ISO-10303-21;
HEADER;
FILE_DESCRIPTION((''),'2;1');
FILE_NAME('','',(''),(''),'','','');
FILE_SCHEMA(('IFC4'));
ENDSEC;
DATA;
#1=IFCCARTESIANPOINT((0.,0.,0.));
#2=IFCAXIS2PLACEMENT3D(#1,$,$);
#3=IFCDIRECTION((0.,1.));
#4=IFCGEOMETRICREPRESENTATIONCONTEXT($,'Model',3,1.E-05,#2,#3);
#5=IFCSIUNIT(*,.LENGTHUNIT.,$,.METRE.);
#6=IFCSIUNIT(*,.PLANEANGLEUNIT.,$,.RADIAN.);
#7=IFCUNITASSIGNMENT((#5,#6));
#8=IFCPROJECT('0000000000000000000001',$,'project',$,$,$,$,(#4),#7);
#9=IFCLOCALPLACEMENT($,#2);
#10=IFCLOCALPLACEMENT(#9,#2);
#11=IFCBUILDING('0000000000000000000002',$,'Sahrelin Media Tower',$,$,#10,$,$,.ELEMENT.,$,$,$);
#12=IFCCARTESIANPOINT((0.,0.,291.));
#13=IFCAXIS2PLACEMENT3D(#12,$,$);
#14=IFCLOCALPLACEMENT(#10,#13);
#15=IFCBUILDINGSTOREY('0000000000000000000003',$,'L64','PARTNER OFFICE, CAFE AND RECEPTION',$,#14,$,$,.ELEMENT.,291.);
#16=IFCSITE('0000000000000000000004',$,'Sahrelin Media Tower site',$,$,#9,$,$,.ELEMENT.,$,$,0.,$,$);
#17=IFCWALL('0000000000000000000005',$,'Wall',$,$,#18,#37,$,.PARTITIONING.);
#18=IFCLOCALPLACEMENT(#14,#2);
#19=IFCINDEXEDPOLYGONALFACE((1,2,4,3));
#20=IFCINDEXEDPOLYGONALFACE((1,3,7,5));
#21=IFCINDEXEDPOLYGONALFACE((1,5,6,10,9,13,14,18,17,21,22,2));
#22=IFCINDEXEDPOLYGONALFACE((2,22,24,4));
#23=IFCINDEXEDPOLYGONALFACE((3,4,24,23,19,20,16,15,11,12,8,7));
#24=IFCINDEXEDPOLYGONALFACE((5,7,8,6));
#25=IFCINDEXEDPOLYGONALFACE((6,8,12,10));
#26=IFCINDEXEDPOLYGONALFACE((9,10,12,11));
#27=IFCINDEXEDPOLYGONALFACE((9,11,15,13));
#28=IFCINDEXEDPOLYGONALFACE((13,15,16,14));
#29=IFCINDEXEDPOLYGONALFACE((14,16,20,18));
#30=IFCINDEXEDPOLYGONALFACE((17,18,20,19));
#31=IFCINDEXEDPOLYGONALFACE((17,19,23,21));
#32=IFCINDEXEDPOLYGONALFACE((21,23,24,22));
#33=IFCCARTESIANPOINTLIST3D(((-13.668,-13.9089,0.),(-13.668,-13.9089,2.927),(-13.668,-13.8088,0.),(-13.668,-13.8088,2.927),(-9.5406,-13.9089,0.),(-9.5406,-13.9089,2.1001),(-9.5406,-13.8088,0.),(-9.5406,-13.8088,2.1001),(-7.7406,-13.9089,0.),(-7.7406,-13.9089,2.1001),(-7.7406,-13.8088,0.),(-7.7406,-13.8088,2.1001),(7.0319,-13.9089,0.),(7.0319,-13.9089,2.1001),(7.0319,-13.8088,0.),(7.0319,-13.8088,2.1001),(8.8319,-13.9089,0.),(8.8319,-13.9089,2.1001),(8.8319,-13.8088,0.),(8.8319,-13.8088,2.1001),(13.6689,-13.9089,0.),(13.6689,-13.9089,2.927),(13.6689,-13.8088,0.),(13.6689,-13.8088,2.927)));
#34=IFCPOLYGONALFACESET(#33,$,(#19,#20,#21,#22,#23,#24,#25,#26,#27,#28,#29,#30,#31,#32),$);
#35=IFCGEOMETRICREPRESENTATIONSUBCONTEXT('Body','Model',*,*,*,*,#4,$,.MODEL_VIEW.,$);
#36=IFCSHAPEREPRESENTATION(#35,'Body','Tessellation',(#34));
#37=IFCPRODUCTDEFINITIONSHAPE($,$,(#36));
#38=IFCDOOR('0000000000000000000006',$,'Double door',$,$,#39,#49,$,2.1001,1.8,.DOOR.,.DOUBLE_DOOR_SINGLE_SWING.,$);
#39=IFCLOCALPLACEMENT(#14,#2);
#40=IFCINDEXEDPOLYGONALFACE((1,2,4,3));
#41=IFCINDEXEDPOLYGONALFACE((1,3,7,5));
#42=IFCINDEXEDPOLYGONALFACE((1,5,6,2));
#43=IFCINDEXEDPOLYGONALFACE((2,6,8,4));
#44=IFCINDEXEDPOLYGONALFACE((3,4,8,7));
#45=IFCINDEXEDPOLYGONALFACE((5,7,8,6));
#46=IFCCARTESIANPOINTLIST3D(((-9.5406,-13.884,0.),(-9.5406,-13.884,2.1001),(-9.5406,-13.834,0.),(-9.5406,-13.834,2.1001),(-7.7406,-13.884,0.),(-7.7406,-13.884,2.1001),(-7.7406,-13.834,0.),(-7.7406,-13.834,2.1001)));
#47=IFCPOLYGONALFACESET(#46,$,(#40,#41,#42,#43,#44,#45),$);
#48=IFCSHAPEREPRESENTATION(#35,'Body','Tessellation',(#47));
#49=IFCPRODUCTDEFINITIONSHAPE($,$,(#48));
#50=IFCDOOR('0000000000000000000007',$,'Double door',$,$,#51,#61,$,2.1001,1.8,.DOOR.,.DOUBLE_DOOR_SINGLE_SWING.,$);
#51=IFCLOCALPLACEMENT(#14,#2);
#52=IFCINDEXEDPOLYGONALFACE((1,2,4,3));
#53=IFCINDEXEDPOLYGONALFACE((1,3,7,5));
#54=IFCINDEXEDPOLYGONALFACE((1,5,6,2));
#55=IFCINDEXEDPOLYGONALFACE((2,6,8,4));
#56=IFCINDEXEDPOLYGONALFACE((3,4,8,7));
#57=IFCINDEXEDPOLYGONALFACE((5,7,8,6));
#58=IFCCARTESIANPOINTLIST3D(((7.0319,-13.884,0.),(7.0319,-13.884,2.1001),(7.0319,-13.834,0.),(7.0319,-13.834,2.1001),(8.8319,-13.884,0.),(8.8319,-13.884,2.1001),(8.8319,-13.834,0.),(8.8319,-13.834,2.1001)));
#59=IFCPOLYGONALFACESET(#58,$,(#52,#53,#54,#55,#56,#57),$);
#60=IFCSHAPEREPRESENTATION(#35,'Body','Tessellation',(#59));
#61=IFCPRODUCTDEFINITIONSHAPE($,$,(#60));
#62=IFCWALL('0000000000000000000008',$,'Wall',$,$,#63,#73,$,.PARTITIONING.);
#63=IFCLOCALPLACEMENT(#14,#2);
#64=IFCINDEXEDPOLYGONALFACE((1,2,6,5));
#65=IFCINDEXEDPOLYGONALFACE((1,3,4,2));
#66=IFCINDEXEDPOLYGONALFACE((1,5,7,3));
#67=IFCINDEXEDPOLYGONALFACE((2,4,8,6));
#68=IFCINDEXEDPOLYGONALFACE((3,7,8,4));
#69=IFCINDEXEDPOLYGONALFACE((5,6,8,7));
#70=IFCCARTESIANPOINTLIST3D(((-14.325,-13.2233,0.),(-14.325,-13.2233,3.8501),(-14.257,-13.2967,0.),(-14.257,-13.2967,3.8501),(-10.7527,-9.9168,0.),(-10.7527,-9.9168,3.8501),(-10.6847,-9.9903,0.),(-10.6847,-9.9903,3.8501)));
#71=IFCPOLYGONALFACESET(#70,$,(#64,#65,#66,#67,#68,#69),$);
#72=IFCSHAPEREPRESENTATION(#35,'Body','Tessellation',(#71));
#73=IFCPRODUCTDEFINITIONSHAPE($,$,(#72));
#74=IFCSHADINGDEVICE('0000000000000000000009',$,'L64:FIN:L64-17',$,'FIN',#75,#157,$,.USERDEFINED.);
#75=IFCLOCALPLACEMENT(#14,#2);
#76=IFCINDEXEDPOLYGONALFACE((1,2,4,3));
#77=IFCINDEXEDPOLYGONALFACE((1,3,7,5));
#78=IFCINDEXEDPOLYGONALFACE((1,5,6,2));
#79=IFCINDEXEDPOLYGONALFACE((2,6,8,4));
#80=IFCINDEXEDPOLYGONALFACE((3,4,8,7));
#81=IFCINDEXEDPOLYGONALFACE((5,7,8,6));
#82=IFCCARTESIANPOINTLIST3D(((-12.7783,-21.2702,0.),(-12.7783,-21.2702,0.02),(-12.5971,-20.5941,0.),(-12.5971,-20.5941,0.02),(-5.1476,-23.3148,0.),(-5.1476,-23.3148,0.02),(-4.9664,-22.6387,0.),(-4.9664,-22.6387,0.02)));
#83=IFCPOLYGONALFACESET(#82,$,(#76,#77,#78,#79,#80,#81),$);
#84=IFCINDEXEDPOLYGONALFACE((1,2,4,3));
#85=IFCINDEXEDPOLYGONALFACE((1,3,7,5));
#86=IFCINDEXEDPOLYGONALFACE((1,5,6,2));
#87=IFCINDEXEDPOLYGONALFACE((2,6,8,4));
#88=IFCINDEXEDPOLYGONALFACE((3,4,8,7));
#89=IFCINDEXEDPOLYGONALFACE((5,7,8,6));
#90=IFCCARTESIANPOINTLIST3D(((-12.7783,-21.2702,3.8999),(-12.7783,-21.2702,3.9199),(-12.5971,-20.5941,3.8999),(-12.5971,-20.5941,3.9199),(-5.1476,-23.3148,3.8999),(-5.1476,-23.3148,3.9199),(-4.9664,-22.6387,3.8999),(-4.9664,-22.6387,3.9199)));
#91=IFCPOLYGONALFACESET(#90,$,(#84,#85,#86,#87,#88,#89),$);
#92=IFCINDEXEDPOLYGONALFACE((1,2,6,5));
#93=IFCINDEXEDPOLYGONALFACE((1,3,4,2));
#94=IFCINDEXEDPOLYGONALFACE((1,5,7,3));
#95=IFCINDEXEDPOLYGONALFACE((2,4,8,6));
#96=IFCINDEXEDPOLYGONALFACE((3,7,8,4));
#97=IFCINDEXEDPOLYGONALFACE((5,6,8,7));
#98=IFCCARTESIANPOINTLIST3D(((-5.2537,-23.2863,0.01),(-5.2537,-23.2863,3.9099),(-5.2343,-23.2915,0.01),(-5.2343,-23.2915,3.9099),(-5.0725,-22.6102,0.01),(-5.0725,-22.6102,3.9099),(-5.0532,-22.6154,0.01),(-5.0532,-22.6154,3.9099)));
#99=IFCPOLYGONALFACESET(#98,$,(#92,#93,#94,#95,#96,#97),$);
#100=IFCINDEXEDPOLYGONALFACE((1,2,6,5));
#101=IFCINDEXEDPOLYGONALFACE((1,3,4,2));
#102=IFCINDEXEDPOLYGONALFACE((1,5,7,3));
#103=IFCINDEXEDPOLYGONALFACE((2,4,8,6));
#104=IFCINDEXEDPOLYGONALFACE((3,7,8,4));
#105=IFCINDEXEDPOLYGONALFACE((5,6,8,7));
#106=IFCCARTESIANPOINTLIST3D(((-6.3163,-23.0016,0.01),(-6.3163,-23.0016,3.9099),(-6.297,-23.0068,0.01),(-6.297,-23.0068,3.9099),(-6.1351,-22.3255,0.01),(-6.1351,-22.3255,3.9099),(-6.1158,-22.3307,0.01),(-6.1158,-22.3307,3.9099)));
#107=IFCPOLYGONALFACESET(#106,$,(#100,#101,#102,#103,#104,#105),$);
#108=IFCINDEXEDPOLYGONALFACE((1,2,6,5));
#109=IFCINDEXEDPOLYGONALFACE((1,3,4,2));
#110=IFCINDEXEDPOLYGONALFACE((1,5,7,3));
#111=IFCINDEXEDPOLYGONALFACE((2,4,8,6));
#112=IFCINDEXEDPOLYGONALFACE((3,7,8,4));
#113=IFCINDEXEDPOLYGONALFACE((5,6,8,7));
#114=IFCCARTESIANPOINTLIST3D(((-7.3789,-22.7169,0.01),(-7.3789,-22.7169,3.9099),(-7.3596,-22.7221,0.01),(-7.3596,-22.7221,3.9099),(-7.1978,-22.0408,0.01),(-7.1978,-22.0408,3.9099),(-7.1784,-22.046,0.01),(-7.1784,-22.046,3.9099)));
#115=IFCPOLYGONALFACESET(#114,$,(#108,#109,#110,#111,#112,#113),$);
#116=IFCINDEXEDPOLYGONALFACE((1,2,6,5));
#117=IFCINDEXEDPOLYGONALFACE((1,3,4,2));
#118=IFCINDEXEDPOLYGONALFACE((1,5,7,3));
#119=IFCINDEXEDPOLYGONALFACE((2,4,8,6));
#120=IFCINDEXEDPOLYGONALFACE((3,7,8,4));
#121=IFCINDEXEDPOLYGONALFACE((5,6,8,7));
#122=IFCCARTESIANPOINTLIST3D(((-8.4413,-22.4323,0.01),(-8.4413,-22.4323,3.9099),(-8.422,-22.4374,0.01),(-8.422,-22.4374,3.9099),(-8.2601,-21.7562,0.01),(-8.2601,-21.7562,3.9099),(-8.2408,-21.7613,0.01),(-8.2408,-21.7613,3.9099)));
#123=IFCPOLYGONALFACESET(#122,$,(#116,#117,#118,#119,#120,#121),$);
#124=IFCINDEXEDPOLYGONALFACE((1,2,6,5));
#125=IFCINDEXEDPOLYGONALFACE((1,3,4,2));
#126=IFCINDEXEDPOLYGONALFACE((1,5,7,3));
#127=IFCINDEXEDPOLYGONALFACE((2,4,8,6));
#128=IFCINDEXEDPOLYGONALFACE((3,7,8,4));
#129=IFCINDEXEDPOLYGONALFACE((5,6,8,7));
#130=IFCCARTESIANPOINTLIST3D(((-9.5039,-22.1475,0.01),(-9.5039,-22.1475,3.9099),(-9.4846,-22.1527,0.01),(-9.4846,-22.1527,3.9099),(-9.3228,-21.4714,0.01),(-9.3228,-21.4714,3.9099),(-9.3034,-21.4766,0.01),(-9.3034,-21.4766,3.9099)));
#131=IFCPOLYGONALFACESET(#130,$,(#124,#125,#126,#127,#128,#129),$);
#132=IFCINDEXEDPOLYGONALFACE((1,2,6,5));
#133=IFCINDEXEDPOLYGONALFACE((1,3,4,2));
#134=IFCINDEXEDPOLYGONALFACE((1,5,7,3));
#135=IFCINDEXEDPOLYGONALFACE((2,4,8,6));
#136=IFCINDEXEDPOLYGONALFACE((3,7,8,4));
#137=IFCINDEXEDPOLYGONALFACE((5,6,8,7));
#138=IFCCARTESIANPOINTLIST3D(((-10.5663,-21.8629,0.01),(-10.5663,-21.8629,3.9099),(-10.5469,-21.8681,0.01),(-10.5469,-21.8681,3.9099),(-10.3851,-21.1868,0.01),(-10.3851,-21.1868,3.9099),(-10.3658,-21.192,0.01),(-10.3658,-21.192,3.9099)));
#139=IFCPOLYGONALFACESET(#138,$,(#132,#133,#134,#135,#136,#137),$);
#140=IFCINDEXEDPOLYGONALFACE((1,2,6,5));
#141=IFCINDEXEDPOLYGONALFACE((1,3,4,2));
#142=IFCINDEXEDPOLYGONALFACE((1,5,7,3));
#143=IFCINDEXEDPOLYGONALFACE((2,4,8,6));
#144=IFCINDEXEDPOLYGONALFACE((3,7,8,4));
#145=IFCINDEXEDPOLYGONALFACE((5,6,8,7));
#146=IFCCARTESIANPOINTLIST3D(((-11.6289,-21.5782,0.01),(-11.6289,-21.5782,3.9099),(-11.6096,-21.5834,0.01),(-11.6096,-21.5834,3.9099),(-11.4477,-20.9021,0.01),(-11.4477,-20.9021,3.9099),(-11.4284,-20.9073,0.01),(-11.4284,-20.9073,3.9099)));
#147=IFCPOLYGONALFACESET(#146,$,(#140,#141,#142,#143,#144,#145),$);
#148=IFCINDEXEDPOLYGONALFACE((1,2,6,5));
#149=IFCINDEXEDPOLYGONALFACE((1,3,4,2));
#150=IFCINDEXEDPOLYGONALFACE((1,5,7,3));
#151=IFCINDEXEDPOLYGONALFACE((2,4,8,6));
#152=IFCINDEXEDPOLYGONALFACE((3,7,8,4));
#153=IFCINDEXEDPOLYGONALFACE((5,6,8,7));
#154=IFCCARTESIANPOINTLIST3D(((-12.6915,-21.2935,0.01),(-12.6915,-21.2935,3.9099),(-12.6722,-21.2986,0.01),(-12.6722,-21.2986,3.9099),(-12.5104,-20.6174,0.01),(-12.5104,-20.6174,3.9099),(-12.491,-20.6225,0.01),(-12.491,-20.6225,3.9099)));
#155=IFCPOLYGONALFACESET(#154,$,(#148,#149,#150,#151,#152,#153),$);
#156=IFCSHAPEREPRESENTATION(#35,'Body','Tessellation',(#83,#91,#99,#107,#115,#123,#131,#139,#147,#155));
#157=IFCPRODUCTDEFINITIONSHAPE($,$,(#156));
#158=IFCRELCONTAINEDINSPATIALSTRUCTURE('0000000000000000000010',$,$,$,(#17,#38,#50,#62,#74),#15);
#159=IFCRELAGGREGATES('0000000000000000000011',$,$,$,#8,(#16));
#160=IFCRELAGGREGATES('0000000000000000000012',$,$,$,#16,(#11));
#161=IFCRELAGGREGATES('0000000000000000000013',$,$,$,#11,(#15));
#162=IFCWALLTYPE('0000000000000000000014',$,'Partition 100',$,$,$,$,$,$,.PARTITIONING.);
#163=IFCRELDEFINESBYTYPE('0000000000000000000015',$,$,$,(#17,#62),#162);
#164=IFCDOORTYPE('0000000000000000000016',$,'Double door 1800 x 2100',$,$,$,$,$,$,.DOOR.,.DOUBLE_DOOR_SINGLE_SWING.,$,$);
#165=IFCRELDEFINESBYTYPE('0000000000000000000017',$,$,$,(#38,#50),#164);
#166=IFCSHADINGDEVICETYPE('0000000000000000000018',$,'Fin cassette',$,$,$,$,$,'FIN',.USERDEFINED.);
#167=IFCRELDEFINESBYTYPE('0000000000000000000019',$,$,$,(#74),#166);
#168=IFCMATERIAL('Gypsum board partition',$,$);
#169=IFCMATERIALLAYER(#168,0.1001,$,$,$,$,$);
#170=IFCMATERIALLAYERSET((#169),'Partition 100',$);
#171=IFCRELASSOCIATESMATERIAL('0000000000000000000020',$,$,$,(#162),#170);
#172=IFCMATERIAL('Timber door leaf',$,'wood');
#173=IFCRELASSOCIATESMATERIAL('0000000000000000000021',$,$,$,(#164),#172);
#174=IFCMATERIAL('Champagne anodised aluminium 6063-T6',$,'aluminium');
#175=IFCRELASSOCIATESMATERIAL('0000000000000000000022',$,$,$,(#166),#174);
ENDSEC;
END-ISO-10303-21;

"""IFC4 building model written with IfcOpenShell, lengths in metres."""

from ifc_helpers import new_model, si_unit, direction, frame, frame_2d, origin, origin_2d, place, context, subcontext, project, spatial, rectangle, extrude, material, layer, layer_set, type_object, element, fill, save


model = new_model("IFC4")

# Units and contexts
model_context = context("Model", 3, precision=1e-05, world=origin(), true_north=direction((0.0, 1.0)))
body_context = subcontext(model_context, "Body", "Model", "MODEL_VIEW")
ifc_project = project(units=[si_unit("LENGTHUNIT", "METRE"), si_unit("PLANEANGLEUNIT", "RADIAN")], contexts=[model_context])

# Site, building, storey
site_placement = place(None, origin())
site = spatial("IfcSite", under=ifc_project, at=site_placement, Name="Sahrelin Media Tower site", CompositionType="ELEMENT", RefElevation=0.0)
building_placement = place(site_placement, origin())
building = spatial("IfcBuilding", under=site, at=building_placement, Name="Sahrelin Media Tower", CompositionType="ELEMENT")
storey_placement = place(building_placement, frame((0.0, 0.0, 291.0)))
storey = spatial("IfcBuildingStorey", under=building, at=storey_placement, Name="L64", Description="PARTNER OFFICE, CAFE AND RECEPTION", CompositionType="ELEMENT", Elevation=291.0)

# Shared definitions
ifc_material_1 = material(Name="Champagne anodised aluminium 6063-T6", Category="aluminium")

# Wall, openings, doors
ifc_material_2 = material(Name="Gypsum board partition")
ifc_layer_1 = layer(ifc_material_2, 0.1001)
ifc_layer_set_1 = layer_set([ifc_layer_1], Name="Partition 100")
wall_type_1 = type_object("IfcWallType", Name="Partition 100", PredefinedType="PARTITIONING", material=ifc_layer_set_1)
wall_1_placement = place(storey_placement, frame((-13.668, -13.8589, 0.0), z_axis=(0.0, 0.0, 1.0), x_axis=(1.0, 0.0, 0.0)))
wall_1 = element("IfcWall", 1, at=wall_1_placement, inside=storey, type_object=wall_type_1, Name="Wall", PredefinedType="PARTITIONING", context=body_context, shape_type="SweptSolid", body=[
    extrude(rectangle(XDim=27.3369, YDim=0.1001, at=frame_2d((13.6685, 0.0))), origin(), (0.0, 0.0, 1.0), 2.927),
])
opening_1_placement = place(wall_1_placement, frame((4.1274, 0.0, 0.0)))
opening_1 = element("IfcOpeningElement", 2, at=opening_1_placement, cuts=wall_1, PredefinedType="OPENING", context=body_context, shape_type="SweptSolid", body=[
    extrude(rectangle(XDim=1.8, YDim=2.1001, at=frame_2d((0.8999, 1.05))), frame((0.0, 0.05, 0.0), z_axis=(0.0, -1.0, 0.0), x_axis=(1.0, 0.0, 0.0)), (0.0, 0.0, 1.0), 0.1001),
])
opening_2_placement = place(wall_1_placement, frame((20.7, 0.0, 0.0)))
opening_2 = element("IfcOpeningElement", 3, at=opening_2_placement, cuts=wall_1, PredefinedType="OPENING", context=body_context, shape_type="SweptSolid", body=[
    extrude(rectangle(XDim=1.8, YDim=2.1001, at=frame_2d((0.8999, 1.05))), frame((0.0, 0.05, 0.0), z_axis=(0.0, -1.0, 0.0), x_axis=(1.0, 0.0, 0.0)), (0.0, 0.0, 1.0), 0.1001),
])
ifc_material_3 = material(Name="Timber door leaf", Category="wood")
door_type_1 = type_object("IfcDoorType", Name="Double door 1800 x 2100", OperationType="DOUBLE_DOOR_SINGLE_SWING", PredefinedType="DOOR", material=ifc_material_3)
door_1_placement = place(opening_1_placement, origin())
door_1 = element("IfcDoor", 4, at=door_1_placement, inside=storey, type_object=door_type_1, Name="Double door", OperationType="DOUBLE_DOOR_SINGLE_SWING", OverallHeight=2.1001, OverallWidth=1.8, PredefinedType="DOOR", context=body_context, shape_type="SweptSolid", body=[
    extrude(rectangle(XDim=1.8, YDim=2.1001, at=frame_2d((0.8999, 1.05))), frame((0.0, 0.0249, 0.0), z_axis=(0.0, -1.0, 0.0), x_axis=(1.0, 0.0, 0.0)), (0.0, 0.0, 1.0), 0.05),
])
fill(opening_1, door_1)
door_2_placement = place(opening_2_placement, origin())
door_2 = element("IfcDoor", 5, at=door_2_placement, inside=storey, type_object=door_type_1, Name="Double door", OperationType="DOUBLE_DOOR_SINGLE_SWING", OverallHeight=2.1001, OverallWidth=1.8, PredefinedType="DOOR", context=body_context, shape_type="SweptSolid", body=[
    extrude(rectangle(XDim=1.8, YDim=2.1001, at=frame_2d((0.8999, 1.05))), frame((0.0, 0.0249, 0.0), z_axis=(0.0, -1.0, 0.0), x_axis=(1.0, 0.0, 0.0)), (0.0, 0.0, 1.0), 0.05),
])
fill(opening_2, door_2)

# Wall
wall_2_placement = place(storey_placement, frame((-14.291, -13.26, 0.0), z_axis=(0.0, 0.0, 1.0), x_axis=(0.733889, 0.679269, 0.0)))
element("IfcWall", 6, at=wall_2_placement, inside=storey, type_object=wall_type_1, Name="Wall", PredefinedType="PARTITIONING", context=body_context, shape_type="SweptSolid", body=[
    extrude(rectangle(XDim=4.8677, YDim=0.1001, at=frame_2d((2.4338, 0.0))), origin(), (0.0, 0.0, 1.0), 3.8501),
])

# Shading device
shading_device_type_1 = type_object("IfcShadingDeviceType", Name="Fin cassette", ElementType="FIN", PredefinedType="USERDEFINED", material=ifc_material_1)
placement = place(storey_placement, frame((-8.7637, -21.5488, 0.0), z_axis=(0.0, 0.0, 1.0), x_axis=(-0.965929, 0.258808, 0.0)))
element("IfcShadingDevice", 7, at=placement, inside=storey, type_object=shading_device_type_1, Name="L64:FIN:L64-17", ObjectType="FIN", PredefinedType="USERDEFINED", context=body_context, shape_type="SweptSolid", body=[
    extrude(rectangle(XDim=7.8999, YDim=0.7, at=origin_2d()), frame((0.0, 0.4199, 0.0)), (0.0, 0.0, 1.0), 0.02),
    extrude(rectangle(XDim=7.8999, YDim=0.7, at=origin_2d()), frame((0.0, 0.4199, 3.8999)), (0.0, 0.0, 1.0), 0.02),
    extrude(rectangle(XDim=0.02, YDim=0.7, at=origin_2d()), frame((-3.8501, 0.4199, 0.01), z_axis=(0.0, 0.0, 1.0), x_axis=(1.0, 0.0, 0.0)), (0.0, 0.0, 1.0), 3.8999),
    extrude(rectangle(XDim=0.02, YDim=0.7, at=origin_2d()), frame((-2.75, 0.4199, 0.01), z_axis=(0.0, 0.0, 1.0), x_axis=(1.0, 0.0, 0.0)), (0.0, 0.0, 1.0), 3.8999),
    extrude(rectangle(XDim=0.02, YDim=0.7, at=origin_2d()), frame((-1.6499, 0.4199, 0.01), z_axis=(0.0, 0.0, 1.0), x_axis=(1.0, 0.0, 0.0)), (0.0, 0.0, 1.0), 3.8999),
    extrude(rectangle(XDim=0.02, YDim=0.7, at=origin_2d()), frame((-0.55, 0.4199, 0.01), z_axis=(0.0, 0.0, 1.0), x_axis=(1.0, 0.0, 0.0)), (0.0, 0.0, 1.0), 3.8999),
    extrude(rectangle(XDim=0.02, YDim=0.7, at=origin_2d()), frame((0.55, 0.4199, 0.01), z_axis=(0.0, 0.0, 1.0), x_axis=(1.0, 0.0, 0.0)), (0.0, 0.0, 1.0), 3.8999),
    extrude(rectangle(XDim=0.02, YDim=0.7, at=origin_2d()), frame((1.6499, 0.4199, 0.01), z_axis=(0.0, 0.0, 1.0), x_axis=(1.0, 0.0, 0.0)), (0.0, 0.0, 1.0), 3.8999),
    extrude(rectangle(XDim=0.02, YDim=0.7, at=origin_2d()), frame((2.75, 0.4199, 0.01), z_axis=(0.0, 0.0, 1.0), x_axis=(1.0, 0.0, 0.0)), (0.0, 0.0, 1.0), 3.8999),
    extrude(rectangle(XDim=0.02, YDim=0.7, at=origin_2d()), frame((3.8501, 0.4199, 0.01), z_axis=(0.0, 0.0, 1.0), x_axis=(1.0, 0.0, 0.0)), (0.0, 0.0, 1.0), 3.8999),
])

save(model, "model.ifc")
